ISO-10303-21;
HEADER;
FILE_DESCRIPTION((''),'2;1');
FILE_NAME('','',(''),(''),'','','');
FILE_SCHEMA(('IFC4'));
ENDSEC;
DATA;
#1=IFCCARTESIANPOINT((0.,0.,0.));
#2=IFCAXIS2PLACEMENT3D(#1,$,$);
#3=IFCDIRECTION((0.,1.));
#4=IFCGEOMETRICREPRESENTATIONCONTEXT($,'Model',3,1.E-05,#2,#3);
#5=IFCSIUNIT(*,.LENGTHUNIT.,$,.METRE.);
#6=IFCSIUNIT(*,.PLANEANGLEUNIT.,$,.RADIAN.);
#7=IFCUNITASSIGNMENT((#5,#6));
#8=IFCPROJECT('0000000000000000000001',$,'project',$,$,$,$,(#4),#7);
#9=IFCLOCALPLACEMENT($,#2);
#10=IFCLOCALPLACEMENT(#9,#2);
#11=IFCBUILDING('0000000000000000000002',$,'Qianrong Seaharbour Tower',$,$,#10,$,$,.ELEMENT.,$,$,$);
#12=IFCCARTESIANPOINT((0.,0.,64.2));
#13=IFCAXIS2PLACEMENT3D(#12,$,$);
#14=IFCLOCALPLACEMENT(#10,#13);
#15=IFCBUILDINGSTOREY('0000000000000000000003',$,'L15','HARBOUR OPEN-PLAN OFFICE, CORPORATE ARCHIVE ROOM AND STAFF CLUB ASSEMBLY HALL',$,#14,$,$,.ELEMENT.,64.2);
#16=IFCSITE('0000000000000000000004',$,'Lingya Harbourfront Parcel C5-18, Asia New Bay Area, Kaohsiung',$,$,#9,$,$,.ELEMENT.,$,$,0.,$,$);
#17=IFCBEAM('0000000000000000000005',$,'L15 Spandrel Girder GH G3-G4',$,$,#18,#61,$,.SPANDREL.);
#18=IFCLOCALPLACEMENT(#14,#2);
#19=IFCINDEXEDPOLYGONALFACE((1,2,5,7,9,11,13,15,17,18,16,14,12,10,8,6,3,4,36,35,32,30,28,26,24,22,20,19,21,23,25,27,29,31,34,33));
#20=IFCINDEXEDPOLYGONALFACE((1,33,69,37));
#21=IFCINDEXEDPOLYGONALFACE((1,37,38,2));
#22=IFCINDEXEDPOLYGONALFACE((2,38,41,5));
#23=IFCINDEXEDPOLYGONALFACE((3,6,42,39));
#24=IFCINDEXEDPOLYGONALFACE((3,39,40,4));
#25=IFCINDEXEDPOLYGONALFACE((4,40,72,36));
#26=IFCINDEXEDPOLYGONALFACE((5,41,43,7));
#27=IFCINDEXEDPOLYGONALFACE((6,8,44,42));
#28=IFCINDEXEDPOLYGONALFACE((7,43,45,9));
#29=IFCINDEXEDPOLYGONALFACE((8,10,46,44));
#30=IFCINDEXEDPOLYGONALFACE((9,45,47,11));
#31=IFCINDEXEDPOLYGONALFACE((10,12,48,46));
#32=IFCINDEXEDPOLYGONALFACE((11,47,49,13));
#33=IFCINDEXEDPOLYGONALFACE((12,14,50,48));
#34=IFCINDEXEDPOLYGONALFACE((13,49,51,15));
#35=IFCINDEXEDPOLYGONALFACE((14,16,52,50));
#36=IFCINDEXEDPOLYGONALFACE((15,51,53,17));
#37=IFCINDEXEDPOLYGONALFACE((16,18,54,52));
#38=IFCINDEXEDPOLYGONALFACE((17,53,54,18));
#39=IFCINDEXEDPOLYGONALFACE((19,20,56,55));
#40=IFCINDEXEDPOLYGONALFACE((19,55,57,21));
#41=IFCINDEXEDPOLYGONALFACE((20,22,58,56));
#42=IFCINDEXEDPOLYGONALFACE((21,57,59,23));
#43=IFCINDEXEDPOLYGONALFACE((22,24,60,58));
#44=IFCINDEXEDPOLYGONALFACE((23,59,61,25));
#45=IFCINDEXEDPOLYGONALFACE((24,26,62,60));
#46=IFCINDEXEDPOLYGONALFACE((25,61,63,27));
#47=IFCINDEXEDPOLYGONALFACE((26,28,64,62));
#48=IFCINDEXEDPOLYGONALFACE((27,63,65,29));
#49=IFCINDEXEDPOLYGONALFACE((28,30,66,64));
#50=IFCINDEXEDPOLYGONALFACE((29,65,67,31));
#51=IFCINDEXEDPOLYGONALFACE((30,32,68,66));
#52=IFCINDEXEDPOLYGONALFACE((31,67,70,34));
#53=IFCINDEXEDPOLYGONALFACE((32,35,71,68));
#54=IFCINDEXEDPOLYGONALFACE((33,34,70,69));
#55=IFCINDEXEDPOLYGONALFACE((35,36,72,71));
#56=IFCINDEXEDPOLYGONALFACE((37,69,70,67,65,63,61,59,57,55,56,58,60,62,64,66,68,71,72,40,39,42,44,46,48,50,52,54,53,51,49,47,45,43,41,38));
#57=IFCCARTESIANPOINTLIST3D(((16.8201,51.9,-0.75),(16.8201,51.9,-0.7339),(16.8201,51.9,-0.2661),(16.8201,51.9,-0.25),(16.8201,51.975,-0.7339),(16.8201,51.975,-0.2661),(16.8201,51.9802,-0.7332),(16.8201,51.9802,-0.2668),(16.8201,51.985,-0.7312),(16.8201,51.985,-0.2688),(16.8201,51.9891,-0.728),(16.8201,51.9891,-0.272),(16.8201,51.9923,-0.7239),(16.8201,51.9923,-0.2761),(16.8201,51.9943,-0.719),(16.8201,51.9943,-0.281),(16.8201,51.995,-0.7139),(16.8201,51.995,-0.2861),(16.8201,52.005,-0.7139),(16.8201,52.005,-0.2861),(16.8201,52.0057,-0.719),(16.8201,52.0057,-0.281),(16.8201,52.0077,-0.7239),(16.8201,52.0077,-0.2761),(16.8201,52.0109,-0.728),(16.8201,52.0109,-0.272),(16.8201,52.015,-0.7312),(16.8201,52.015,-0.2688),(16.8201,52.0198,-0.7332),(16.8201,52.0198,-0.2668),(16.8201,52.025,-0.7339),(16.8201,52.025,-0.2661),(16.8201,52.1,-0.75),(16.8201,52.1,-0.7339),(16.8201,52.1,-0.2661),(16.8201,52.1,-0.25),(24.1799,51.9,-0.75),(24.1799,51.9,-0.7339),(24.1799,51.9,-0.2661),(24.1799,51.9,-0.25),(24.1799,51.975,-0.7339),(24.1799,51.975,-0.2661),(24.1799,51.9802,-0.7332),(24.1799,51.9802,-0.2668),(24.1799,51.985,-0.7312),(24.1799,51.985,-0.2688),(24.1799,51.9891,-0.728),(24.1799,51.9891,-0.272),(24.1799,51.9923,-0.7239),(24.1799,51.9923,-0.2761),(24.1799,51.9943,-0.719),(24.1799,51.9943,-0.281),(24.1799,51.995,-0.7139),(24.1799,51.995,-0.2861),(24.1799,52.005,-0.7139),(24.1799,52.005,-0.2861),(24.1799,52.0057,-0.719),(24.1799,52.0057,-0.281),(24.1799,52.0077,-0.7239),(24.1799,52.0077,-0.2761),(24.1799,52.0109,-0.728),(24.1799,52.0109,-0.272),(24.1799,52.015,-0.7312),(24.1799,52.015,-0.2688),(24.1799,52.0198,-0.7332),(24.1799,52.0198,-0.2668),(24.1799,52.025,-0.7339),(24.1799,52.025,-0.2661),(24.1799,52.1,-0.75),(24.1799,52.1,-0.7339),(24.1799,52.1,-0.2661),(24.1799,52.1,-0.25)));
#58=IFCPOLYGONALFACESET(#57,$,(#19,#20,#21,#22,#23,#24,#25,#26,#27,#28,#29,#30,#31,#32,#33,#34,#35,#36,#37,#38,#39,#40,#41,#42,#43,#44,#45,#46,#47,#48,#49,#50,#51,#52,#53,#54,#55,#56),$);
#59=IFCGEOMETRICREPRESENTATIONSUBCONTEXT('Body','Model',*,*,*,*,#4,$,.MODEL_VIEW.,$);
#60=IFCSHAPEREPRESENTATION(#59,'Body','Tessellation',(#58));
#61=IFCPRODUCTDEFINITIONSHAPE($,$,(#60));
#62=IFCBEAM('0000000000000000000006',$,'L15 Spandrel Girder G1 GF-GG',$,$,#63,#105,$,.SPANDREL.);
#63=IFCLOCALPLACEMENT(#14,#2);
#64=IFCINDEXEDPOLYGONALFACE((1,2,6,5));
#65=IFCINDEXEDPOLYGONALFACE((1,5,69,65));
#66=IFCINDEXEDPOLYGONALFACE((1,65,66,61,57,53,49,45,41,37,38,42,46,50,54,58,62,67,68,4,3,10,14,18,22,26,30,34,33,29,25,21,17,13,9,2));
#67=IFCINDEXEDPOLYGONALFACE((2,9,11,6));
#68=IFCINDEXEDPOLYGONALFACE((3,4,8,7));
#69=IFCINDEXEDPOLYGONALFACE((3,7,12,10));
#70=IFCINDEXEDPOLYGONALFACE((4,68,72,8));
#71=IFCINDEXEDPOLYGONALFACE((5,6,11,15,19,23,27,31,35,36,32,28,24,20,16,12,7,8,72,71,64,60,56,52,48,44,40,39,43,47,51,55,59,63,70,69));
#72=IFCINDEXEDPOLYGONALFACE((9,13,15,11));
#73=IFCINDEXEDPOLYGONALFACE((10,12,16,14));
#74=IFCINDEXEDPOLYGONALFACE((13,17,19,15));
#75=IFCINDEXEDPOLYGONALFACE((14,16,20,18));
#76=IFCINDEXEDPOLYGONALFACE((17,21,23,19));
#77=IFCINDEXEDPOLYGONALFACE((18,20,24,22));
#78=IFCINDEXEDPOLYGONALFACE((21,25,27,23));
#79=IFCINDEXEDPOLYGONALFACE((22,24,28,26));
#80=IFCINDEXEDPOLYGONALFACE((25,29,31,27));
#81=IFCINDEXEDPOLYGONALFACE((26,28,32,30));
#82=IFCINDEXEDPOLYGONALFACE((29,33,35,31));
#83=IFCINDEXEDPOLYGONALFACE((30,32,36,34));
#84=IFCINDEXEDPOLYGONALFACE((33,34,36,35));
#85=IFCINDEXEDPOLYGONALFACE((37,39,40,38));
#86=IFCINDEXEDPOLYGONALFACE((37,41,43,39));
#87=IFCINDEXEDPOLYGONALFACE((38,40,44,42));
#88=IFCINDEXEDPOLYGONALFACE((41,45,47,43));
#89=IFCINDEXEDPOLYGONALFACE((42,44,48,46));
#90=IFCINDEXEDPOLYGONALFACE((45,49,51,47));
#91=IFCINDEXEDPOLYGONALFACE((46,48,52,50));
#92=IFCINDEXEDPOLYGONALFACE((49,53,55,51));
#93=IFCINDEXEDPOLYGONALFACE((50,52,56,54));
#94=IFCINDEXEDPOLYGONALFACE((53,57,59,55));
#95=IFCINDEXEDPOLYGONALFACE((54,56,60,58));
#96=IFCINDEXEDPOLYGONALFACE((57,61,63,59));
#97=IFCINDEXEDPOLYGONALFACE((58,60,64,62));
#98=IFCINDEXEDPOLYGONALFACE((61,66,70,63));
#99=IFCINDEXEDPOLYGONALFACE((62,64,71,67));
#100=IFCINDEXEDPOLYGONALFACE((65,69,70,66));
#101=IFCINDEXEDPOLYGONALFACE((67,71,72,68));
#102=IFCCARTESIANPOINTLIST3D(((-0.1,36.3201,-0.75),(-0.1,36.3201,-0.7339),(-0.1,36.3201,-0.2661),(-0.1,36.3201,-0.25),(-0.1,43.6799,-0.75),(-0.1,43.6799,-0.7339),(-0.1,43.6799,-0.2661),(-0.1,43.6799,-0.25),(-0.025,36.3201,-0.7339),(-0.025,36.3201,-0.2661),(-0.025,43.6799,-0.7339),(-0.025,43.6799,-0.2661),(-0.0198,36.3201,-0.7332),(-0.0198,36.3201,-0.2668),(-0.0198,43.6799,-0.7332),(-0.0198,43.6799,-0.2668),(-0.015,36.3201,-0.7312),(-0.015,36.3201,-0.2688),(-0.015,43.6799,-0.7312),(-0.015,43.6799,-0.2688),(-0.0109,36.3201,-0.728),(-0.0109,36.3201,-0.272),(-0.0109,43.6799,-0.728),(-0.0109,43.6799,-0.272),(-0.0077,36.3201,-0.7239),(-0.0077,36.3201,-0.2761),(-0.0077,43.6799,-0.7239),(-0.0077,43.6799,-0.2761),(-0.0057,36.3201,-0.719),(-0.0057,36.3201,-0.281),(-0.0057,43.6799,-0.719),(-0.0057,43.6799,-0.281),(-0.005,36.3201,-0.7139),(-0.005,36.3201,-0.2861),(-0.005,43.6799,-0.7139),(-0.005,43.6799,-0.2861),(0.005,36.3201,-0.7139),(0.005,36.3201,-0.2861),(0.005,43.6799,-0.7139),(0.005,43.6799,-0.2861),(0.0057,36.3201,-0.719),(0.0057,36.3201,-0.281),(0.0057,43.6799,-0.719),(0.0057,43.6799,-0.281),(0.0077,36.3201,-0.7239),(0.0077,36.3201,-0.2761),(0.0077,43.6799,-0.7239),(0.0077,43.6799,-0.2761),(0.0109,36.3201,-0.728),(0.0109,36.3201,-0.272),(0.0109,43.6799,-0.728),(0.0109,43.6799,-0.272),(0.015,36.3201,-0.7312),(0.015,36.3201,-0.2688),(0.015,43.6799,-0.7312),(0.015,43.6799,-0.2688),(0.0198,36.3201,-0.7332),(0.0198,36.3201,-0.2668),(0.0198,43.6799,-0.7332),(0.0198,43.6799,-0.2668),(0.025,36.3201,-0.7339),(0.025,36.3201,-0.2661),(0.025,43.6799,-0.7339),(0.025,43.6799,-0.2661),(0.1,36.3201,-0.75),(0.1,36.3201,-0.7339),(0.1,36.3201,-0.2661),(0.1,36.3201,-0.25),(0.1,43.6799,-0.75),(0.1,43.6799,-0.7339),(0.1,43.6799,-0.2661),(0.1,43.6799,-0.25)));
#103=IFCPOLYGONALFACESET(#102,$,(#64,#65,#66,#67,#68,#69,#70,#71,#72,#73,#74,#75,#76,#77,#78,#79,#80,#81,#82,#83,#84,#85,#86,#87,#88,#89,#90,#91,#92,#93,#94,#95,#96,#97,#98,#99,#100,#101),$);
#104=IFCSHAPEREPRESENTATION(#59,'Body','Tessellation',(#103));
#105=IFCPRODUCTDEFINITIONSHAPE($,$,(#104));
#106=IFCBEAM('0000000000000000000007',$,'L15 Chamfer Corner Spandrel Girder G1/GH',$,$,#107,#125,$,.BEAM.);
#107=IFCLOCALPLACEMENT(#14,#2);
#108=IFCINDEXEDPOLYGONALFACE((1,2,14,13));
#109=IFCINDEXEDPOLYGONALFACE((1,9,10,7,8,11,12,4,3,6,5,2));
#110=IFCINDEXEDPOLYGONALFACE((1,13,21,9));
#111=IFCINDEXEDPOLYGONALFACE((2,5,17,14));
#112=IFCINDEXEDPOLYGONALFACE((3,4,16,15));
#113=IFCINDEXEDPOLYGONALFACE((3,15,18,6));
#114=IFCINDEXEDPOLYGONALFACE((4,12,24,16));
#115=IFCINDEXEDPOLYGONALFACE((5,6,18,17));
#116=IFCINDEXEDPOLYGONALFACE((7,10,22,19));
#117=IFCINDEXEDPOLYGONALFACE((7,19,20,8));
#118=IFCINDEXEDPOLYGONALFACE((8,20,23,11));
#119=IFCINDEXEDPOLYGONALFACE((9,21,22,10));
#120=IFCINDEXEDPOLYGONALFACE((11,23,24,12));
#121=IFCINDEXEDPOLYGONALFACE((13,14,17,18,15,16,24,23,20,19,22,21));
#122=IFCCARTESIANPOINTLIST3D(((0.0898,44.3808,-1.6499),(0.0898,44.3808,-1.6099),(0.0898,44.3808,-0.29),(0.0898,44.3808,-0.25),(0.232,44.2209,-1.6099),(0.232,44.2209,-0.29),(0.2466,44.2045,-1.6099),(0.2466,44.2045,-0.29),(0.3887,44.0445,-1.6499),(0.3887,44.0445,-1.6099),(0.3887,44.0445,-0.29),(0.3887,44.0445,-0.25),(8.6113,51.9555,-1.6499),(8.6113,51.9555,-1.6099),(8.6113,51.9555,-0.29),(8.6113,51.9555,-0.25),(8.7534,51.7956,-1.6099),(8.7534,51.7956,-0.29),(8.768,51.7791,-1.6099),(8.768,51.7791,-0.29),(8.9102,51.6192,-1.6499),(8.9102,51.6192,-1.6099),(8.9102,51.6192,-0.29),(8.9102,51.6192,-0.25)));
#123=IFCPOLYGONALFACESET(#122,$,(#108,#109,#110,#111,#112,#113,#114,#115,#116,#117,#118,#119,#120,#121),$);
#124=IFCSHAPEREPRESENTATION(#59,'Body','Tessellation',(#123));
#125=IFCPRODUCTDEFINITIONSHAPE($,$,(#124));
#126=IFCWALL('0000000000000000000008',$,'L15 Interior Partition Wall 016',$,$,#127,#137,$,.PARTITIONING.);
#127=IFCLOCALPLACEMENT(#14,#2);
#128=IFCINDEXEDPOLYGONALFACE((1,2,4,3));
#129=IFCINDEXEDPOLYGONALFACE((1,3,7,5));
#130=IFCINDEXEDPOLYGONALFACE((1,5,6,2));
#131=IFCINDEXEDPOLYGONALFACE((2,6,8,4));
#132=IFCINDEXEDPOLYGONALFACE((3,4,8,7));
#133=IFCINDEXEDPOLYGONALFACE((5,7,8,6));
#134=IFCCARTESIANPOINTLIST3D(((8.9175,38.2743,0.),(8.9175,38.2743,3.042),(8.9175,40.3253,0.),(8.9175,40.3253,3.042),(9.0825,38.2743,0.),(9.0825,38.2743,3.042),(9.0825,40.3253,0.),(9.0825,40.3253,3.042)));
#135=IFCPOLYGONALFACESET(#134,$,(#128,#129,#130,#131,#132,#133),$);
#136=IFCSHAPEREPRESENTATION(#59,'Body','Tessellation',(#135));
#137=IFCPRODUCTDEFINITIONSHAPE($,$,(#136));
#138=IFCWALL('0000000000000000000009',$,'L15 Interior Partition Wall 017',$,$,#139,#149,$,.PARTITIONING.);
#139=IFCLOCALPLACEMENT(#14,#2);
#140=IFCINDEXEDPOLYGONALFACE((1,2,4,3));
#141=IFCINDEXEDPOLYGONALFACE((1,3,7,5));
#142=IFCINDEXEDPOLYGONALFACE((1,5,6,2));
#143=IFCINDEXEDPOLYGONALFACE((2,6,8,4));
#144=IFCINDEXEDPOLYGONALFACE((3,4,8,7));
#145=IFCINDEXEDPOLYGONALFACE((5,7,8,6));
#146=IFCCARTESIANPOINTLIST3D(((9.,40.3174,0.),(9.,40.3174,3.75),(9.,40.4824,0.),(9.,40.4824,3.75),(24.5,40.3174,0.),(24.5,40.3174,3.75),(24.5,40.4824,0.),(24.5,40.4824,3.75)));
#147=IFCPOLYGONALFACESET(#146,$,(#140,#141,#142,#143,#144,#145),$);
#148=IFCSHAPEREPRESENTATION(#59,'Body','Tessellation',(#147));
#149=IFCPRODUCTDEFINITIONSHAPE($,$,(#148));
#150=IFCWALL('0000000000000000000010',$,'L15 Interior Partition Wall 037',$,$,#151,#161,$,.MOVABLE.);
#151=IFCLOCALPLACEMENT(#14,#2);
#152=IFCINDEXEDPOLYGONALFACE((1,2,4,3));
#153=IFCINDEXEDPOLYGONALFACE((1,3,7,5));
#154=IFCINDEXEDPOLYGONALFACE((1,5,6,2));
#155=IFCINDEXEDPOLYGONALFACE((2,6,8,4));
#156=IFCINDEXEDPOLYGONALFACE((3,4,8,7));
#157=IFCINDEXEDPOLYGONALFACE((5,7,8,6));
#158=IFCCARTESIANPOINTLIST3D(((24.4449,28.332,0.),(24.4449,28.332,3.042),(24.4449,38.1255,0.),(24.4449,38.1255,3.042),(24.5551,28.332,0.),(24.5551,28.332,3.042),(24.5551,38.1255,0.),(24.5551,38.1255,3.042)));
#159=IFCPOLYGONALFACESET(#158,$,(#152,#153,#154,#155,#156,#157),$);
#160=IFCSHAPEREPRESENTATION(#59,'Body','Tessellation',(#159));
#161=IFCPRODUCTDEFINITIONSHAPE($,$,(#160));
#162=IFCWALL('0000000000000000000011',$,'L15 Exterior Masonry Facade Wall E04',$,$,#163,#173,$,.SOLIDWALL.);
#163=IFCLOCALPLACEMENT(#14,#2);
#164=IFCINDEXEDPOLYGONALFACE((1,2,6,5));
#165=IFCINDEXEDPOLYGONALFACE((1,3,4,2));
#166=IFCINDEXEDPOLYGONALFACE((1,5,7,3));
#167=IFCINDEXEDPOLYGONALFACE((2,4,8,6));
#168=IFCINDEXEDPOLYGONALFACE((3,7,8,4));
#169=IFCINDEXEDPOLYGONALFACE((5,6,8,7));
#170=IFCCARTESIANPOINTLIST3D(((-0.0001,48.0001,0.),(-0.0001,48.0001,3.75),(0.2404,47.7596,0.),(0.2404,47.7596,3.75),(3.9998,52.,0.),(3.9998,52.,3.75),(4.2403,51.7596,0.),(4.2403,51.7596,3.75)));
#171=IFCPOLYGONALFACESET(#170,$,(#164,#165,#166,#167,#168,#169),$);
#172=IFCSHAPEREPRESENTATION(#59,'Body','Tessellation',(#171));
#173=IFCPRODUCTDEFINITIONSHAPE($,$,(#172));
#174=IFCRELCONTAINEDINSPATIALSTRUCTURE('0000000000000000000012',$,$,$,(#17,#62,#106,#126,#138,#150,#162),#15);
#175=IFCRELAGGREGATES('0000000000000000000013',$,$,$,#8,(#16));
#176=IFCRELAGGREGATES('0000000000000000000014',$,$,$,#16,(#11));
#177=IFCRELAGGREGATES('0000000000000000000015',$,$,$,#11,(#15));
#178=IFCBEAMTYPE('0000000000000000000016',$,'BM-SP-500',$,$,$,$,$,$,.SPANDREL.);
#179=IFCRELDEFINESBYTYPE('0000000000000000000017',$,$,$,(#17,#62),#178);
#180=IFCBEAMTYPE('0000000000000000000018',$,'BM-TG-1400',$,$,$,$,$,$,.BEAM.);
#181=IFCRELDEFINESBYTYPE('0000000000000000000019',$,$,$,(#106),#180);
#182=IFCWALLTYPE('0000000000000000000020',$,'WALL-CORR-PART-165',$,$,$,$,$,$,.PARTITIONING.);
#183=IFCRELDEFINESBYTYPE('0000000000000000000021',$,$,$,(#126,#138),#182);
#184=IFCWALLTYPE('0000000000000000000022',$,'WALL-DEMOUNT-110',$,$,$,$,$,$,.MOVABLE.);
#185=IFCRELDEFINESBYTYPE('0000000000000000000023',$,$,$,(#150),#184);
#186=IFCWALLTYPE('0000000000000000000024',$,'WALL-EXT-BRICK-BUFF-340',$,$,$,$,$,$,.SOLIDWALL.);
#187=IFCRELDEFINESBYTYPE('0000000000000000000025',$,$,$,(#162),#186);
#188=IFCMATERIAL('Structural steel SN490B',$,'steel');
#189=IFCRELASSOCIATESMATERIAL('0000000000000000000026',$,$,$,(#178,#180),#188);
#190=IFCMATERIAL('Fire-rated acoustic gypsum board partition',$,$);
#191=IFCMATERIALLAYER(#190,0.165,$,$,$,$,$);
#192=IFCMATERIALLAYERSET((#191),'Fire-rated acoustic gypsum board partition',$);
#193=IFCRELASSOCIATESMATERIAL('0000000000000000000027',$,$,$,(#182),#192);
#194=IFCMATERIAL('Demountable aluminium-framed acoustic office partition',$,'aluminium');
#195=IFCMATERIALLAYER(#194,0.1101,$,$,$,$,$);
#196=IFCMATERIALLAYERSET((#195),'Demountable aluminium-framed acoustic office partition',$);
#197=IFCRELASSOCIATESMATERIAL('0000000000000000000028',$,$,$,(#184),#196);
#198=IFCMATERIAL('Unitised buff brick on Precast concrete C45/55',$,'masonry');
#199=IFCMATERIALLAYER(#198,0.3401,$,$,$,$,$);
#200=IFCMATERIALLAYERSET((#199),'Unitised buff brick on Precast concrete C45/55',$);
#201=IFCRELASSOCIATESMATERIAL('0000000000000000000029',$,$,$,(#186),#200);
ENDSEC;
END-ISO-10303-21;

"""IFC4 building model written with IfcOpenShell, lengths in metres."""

from ifc_helpers import new_model, si_unit, direction, frame, frame_2d, origin, origin_2d, place, context, subcontext, project, spatial, rectangle, i_section, extrude, material, layer, layer_set, material_profile, profile_set, type_object, element, save


model = new_model("IFC4")

# Units and contexts
model_context = context("Model", 3, precision=1e-05, world=origin(), true_north=direction((0.0, 1.0)))
body_context = subcontext(model_context, "Body", "Model", "MODEL_VIEW")
ifc_project = project(units=[si_unit("LENGTHUNIT", "METRE"), si_unit("PLANEANGLEUNIT", "RADIAN")], contexts=[model_context])

# Site, building, storey
site_placement = place(None, origin())
site = spatial("IfcSite", under=ifc_project, at=site_placement, Name="Lingya Harbourfront Parcel C5-18, Asia New Bay Area, Kaohsiung", CompositionType="ELEMENT", RefElevation=0.0)
building_placement = place(site_placement, origin())
building = spatial("IfcBuilding", under=site, at=building_placement, Name="Qianrong Seaharbour Tower", CompositionType="ELEMENT")
storey_placement = place(building_placement, frame((0.0, 0.0, 64.2)))
storey = spatial("IfcBuildingStorey", under=building, at=storey_placement, Name="L15", Description="HARBOUR OPEN-PLAN OFFICE, CORPORATE ARCHIVE ROOM AND STAFF CLUB ASSEMBLY HALL", CompositionType="ELEMENT", Elevation=64.2)

# Shared definitions
ifc_material_1 = material(Name="Structural steel SN490B", Category="steel")

# Beams
ifc_material_profile_1 = material_profile(ifc_material_1, i_section(OverallWidth=0.2, OverallDepth=0.5, WebThickness=0.01, FlangeThickness=0.0161, FilletRadius=0.02, at=origin_2d()), Name="H500x200x10x16")
ifc_profile_set_1 = profile_set([ifc_material_profile_1], Name="Structural steel SN490B")
beam_type_1 = type_object("IfcBeamType", Name="BM-SP-500", PredefinedType="SPANDREL", material=ifc_profile_set_1)
for number, where, z_axis, x_axis, name in (
    (1, (16.8201, 52.0, -0.5), (1.0, 0.0, 0.0), (0.0, 1.0, 0.0), "L15 Spandrel Girder GH G3-G4"),
    (2, (0.0, 36.3201, -0.5), (0.0, 1.0, 0.0), (-1.0, 0.0, 0.0), "L15 Spandrel Girder G1 GF-GG"),
):
    element("IfcBeam", number, at=place(storey_placement, frame(where, z_axis=z_axis, x_axis=x_axis)), inside=storey, type_object=beam_type_1, Name=name, PredefinedType="SPANDREL", context=body_context, shape_type="SweptSolid", body=[
        extrude(i_section(OverallWidth=0.2, OverallDepth=0.5, WebThickness=0.01, FlangeThickness=0.0161, FilletRadius=0.02, at=origin_2d()), origin(), (0.0, 0.0, 1.0), 7.3599),
    ])
ifc_material_profile_2 = material_profile(ifc_material_1, i_section(OverallWidth=0.45, OverallDepth=1.3999, WebThickness=0.022, FlangeThickness=0.04, at=origin_2d()), Name="BH1400x450x22x40")
ifc_profile_set_2 = profile_set([ifc_material_profile_2], Name="Structural steel SN490B")
beam_type_2 = type_object("IfcBeamType", Name="BM-TG-1400", PredefinedType="BEAM", material=ifc_profile_set_2)
beam_1_placement = place(storey_placement, frame((8.7607, 51.7874, -0.95), z_axis=(-0.747407, -0.664366, 0.0), x_axis=(0.664366, -0.747407, 0.0)))
element("IfcBeam", 3, at=beam_1_placement, inside=storey, type_object=beam_type_2, Name="L15 Chamfer Corner Spandrel Girder G1/GH", PredefinedType="BEAM", context=body_context, shape_type="SweptSolid", body=[
    extrude(i_section(OverallWidth=0.45, OverallDepth=1.3999, WebThickness=0.022, FlangeThickness=0.04, at=origin_2d()), origin(), (0.0, 0.0, 1.0), 11.4014),
])

# Walls
ifc_material_2 = material(Name="Fire-rated acoustic gypsum board partition")
ifc_layer_1 = layer(ifc_material_2, 0.165)
ifc_layer_set_1 = layer_set([ifc_layer_1], Name="Fire-rated acoustic gypsum board partition")
wall_type_1 = type_object("IfcWallType", Name="WALL-CORR-PART-165", PredefinedType="PARTITIONING", material=ifc_layer_set_1)
wall_1_placement = place(storey_placement, frame((9.0, 38.2744, 0.0), z_axis=(0.0, 0.0, 1.0), x_axis=(0.0, 1.0, 0.0)))
element("IfcWall", 4, at=wall_1_placement, inside=storey, type_object=wall_type_1, Name="L15 Interior Partition Wall 016", PredefinedType="PARTITIONING", context=body_context, shape_type="SweptSolid", body=[
    extrude(rectangle(XDim=2.051, YDim=0.165, at=frame_2d((1.0254, 0.0))), origin(), (0.0, 0.0, 1.0), 3.042),
])
wall_2_placement = place(storey_placement, frame((9.0, 40.3999, 0.0), z_axis=(0.0, 0.0, 1.0), x_axis=(1.0, 0.0, 0.0)))
element("IfcWall", 5, at=wall_2_placement, inside=storey, type_object=wall_type_1, Name="L15 Interior Partition Wall 017", PredefinedType="PARTITIONING", context=body_context, shape_type="SweptSolid", body=[
    extrude(rectangle(XDim=15.5, YDim=0.165, at=frame_2d((7.75, 0.0))), origin(), (0.0, 0.0, 1.0), 3.75),
])
ifc_material_3 = material(Name="Demountable aluminium-framed acoustic office partition", Category="aluminium")
ifc_layer_2 = layer(ifc_material_3, 0.1101)
ifc_layer_set_2 = layer_set([ifc_layer_2], Name="Demountable aluminium-framed acoustic office partition")
wall_type_2 = type_object("IfcWallType", Name="WALL-DEMOUNT-110", PredefinedType="MOVABLE", material=ifc_layer_set_2)
wall_3_placement = place(storey_placement, frame((24.5, 38.1255, 0.0), z_axis=(0.0, 0.0, 1.0), x_axis=(0.0, -1.0, 0.0)))
element("IfcWall", 6, at=wall_3_placement, inside=storey, type_object=wall_type_2, Name="L15 Interior Partition Wall 037", PredefinedType="MOVABLE", context=body_context, shape_type="SweptSolid", body=[
    extrude(rectangle(XDim=9.7935, YDim=0.1101, at=frame_2d((4.8967, 0.0))), origin(), (0.0, 0.0, 1.0), 3.042),
])
ifc_material_4 = material(Name="Unitised buff brick on Precast concrete C45/55", Category="masonry")
ifc_layer_3 = layer(ifc_material_4, 0.3401)
ifc_layer_set_3 = layer_set([ifc_layer_3], Name="Unitised buff brick on Precast concrete C45/55")
wall_type_3 = type_object("IfcWallType", Name="WALL-EXT-BRICK-BUFF-340", PredefinedType="SOLIDWALL", material=ifc_layer_set_3)
wall_4_placement = place(storey_placement, frame((0.1201, 47.8799, 0.0), z_axis=(0.0, 0.0, 1.0), x_axis=(0.707107, 0.707107, 0.0)))
element("IfcWall", 7, at=wall_4_placement, inside=storey, type_object=wall_type_3, Name="L15 Exterior Masonry Facade Wall E04", PredefinedType="SOLIDWALL", context=body_context, shape_type="SweptSolid", body=[
    extrude(rectangle(XDim=5.6567, YDim=0.3401, at=frame_2d((2.8284, 0.0))), origin(), (0.0, 0.0, 1.0), 3.75),
])

save(model, "model.ifc")
